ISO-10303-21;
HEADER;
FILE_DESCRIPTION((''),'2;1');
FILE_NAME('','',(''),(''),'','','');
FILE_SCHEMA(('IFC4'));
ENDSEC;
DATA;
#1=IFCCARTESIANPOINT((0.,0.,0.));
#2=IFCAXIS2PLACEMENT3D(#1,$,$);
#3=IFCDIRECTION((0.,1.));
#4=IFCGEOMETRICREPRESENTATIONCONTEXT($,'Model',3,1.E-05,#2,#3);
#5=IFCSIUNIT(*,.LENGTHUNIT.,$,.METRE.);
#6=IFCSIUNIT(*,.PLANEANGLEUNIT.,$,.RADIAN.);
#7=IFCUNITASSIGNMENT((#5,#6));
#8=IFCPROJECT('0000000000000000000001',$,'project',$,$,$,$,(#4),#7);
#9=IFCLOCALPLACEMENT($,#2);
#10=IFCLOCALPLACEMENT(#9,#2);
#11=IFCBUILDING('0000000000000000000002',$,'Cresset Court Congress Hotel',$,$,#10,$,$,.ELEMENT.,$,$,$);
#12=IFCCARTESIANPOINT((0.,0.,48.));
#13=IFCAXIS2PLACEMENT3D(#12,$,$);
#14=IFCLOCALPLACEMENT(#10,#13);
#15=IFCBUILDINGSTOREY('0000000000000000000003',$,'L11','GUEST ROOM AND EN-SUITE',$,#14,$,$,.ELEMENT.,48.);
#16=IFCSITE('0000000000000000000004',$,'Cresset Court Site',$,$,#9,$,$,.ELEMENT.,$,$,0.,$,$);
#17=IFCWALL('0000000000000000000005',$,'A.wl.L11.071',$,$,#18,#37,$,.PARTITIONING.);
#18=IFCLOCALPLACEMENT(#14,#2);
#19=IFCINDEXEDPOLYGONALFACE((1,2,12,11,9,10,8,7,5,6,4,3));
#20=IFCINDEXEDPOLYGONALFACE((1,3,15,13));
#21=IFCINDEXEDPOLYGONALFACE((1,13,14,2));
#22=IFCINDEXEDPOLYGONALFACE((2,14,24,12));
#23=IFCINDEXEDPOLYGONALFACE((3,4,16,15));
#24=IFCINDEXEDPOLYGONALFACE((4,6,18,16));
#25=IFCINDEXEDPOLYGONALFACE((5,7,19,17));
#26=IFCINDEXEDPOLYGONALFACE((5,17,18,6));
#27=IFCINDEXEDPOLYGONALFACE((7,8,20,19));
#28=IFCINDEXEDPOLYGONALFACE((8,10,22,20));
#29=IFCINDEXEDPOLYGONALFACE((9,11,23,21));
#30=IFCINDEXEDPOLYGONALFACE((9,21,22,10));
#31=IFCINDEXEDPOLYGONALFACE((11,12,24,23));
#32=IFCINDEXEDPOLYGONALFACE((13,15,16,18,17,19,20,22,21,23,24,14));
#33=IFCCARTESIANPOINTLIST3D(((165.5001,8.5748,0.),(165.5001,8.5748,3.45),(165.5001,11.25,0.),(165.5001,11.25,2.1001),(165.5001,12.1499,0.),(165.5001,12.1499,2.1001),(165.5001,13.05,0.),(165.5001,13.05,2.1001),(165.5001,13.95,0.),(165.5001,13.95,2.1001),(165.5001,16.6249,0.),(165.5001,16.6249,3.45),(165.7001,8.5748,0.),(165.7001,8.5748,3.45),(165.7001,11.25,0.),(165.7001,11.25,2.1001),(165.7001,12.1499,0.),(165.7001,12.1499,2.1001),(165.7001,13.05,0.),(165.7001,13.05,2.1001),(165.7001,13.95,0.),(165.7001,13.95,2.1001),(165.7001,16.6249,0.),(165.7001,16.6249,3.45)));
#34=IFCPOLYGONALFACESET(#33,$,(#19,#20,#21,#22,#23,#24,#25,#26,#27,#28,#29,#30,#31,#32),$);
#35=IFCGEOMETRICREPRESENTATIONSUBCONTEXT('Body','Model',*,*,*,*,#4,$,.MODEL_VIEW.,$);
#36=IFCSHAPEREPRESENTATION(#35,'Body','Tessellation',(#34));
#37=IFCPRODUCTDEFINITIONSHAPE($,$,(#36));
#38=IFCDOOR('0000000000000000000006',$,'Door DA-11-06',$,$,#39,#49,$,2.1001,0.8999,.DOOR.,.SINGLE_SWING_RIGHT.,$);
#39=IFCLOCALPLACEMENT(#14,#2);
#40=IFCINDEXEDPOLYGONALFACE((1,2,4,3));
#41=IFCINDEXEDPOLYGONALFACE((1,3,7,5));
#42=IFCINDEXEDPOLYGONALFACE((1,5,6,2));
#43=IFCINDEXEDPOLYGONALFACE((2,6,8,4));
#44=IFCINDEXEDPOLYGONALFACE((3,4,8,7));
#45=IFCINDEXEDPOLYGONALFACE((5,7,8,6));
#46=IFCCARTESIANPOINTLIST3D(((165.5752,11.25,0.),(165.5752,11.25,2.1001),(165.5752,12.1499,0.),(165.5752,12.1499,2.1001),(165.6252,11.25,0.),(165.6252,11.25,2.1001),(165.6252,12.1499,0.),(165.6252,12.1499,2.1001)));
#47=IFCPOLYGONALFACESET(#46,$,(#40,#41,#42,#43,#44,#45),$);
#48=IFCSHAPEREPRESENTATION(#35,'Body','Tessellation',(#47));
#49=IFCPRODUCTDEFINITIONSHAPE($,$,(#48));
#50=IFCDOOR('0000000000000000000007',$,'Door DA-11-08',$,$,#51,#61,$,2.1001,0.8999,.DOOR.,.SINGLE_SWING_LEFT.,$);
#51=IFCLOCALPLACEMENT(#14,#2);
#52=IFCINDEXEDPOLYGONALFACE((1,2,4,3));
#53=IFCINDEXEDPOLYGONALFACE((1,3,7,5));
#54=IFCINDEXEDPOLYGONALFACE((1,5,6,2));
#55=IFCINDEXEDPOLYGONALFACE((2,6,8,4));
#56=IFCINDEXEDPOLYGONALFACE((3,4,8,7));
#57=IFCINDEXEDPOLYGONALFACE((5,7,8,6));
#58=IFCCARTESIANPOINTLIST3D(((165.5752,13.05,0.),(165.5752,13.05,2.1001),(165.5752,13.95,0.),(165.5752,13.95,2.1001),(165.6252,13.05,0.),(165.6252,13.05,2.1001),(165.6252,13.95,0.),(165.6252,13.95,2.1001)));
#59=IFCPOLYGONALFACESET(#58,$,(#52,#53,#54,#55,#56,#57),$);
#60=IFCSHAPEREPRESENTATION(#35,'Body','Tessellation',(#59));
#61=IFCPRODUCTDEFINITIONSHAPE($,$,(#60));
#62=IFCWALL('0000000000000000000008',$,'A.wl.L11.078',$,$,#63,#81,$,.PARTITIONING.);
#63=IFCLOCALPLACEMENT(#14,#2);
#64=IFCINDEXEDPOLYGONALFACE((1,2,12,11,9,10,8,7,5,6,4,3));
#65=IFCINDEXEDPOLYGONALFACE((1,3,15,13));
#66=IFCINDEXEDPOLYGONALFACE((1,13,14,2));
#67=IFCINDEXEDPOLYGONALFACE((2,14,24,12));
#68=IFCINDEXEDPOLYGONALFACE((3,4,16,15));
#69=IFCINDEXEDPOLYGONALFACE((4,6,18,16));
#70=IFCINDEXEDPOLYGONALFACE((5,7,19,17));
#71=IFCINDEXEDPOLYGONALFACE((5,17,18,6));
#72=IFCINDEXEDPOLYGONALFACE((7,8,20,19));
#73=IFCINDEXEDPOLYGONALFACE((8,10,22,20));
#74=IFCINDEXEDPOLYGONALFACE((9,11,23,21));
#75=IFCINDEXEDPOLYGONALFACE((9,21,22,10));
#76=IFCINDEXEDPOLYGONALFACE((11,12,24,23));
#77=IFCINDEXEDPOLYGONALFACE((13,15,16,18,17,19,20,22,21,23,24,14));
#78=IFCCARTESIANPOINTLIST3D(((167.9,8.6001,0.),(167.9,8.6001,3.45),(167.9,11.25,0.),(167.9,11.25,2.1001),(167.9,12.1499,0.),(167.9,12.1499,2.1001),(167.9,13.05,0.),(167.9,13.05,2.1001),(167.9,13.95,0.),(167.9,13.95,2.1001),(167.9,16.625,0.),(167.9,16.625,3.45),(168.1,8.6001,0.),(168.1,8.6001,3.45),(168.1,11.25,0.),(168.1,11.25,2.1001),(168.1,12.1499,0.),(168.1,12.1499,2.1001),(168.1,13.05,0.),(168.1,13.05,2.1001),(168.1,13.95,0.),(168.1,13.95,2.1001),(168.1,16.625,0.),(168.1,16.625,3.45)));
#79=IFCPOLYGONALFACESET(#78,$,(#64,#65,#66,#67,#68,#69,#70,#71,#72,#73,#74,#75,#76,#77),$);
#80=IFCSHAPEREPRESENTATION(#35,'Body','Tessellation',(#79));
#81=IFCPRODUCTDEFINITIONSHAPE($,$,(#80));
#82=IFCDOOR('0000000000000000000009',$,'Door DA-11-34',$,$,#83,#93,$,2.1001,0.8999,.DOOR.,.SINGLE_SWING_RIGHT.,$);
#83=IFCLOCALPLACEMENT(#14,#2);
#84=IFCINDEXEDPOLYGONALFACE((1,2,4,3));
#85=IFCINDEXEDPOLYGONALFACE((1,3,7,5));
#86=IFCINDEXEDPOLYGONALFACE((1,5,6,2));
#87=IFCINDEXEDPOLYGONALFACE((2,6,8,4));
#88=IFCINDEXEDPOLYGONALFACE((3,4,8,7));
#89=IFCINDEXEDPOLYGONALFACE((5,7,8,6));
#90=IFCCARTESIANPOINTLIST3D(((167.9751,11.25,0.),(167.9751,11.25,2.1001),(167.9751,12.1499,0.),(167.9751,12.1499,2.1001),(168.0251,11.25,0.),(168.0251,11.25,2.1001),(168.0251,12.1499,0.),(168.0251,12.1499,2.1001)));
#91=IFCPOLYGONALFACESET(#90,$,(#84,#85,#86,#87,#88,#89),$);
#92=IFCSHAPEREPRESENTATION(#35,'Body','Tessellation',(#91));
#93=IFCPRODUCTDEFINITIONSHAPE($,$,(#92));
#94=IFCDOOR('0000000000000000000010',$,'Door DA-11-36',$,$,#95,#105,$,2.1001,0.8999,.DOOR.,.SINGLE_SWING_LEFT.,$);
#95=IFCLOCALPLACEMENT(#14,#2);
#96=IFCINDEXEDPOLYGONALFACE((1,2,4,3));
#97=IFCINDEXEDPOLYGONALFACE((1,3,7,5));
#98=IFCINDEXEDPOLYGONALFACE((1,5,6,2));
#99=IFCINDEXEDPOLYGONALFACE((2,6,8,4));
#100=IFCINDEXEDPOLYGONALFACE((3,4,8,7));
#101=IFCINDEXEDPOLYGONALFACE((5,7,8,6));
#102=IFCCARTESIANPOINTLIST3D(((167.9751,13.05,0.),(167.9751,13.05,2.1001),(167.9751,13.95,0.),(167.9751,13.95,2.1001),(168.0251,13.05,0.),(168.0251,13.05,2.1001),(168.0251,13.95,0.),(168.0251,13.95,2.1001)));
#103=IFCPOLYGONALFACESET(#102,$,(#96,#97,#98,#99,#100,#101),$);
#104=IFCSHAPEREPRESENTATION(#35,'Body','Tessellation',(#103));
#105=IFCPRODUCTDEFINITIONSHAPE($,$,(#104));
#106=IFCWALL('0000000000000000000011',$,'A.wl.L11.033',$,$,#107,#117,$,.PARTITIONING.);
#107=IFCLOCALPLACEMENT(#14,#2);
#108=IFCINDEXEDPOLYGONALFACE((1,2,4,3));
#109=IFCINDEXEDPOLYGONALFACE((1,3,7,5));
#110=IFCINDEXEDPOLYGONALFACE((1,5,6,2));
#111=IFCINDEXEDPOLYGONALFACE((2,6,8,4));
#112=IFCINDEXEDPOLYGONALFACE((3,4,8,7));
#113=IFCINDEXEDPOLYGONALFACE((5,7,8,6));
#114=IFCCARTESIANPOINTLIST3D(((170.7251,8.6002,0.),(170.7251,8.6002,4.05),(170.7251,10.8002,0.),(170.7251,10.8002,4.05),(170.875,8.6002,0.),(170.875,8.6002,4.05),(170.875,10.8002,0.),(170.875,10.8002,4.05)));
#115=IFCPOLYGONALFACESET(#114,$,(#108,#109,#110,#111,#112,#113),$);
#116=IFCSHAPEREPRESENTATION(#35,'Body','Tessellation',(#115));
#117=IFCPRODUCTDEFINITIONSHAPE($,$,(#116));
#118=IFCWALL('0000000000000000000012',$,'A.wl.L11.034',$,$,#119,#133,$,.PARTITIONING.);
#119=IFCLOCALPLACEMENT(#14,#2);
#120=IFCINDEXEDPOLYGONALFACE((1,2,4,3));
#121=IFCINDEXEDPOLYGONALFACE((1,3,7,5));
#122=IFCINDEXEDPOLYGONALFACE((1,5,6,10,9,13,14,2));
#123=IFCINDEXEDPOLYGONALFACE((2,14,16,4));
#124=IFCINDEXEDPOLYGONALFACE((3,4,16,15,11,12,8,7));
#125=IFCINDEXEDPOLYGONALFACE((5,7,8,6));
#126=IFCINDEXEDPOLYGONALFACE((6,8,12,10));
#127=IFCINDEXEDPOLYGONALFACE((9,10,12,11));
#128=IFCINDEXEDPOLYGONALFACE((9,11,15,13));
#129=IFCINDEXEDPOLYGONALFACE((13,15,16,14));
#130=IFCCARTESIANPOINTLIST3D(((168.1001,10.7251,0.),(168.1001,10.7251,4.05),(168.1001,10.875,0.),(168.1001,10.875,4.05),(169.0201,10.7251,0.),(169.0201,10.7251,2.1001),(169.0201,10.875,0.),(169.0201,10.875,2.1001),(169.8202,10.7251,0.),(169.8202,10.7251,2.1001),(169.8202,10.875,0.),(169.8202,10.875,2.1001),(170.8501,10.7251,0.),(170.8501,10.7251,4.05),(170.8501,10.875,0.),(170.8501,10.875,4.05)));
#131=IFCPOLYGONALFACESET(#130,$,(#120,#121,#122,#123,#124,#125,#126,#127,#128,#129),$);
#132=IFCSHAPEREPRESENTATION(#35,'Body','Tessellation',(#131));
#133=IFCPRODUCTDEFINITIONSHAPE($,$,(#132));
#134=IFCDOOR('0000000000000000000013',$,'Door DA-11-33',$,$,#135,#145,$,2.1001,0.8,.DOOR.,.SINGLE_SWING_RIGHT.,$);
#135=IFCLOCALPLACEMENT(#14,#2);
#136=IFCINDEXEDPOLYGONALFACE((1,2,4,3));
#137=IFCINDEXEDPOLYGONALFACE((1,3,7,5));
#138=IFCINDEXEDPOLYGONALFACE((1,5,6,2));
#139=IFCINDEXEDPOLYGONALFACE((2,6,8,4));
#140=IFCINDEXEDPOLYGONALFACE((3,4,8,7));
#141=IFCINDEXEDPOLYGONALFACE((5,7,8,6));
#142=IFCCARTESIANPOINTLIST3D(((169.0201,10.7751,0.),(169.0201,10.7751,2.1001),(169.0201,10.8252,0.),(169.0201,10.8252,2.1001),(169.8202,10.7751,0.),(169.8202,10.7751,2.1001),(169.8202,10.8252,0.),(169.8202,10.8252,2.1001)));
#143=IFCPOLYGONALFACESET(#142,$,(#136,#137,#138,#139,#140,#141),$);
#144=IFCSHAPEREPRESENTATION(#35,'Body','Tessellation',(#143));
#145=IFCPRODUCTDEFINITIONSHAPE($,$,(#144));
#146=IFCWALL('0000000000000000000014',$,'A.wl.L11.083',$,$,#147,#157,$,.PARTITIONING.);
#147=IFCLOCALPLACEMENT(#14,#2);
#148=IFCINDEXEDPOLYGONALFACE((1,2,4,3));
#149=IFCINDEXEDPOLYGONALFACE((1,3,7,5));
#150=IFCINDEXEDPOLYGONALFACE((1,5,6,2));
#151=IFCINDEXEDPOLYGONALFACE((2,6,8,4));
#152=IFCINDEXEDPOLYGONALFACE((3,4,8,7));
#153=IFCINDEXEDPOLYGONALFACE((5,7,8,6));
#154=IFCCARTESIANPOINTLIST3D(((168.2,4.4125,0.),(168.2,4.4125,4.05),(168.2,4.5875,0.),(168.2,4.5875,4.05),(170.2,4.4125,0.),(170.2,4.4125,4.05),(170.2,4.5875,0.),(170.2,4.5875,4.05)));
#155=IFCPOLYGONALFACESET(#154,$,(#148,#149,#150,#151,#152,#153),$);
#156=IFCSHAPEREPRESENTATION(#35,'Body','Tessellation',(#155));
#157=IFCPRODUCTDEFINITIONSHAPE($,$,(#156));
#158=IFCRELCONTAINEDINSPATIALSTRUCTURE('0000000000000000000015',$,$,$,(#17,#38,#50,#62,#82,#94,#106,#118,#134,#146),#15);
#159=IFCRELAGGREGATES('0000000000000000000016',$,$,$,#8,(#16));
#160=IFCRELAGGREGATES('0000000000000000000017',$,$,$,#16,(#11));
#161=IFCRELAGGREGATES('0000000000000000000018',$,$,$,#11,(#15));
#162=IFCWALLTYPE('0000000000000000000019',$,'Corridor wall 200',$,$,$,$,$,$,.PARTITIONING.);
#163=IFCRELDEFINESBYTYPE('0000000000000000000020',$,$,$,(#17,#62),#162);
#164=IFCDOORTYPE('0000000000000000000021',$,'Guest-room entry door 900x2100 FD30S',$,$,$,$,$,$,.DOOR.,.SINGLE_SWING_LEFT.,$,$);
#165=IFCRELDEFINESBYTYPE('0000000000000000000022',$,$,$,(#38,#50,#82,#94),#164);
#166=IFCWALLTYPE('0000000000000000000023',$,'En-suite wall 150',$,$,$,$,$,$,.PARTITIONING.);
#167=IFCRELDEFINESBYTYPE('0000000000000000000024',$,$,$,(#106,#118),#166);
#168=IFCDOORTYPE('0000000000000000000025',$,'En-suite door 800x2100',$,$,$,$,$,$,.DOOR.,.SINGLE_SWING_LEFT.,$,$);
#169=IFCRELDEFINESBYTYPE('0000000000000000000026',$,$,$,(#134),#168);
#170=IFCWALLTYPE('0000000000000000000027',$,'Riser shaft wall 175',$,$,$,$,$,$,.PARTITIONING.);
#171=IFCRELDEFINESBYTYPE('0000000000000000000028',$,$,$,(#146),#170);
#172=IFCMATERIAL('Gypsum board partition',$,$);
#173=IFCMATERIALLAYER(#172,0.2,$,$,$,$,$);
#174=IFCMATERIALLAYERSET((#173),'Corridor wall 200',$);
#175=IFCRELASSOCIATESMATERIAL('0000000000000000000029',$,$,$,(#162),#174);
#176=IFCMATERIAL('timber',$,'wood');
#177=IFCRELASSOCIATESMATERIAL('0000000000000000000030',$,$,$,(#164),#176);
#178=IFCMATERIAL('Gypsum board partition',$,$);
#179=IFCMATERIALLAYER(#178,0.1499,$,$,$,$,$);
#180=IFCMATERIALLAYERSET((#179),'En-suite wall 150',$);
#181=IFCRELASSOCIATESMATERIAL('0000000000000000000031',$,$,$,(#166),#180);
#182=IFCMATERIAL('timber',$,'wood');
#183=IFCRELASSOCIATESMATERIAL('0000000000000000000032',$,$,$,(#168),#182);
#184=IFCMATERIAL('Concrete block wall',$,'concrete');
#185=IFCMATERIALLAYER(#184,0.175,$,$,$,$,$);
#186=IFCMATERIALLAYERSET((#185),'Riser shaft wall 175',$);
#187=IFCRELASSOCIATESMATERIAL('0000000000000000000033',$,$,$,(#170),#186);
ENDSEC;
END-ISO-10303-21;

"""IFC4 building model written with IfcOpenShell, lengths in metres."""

from ifc_helpers import new_model, si_unit, direction, frame, frame_2d, origin, place, context, subcontext, project, spatial, rectangle, extrude, material, layer, layer_set, type_object, element, fill, save


model = new_model("IFC4")

# Units and contexts
model_context = context("Model", 3, precision=1e-05, world=origin(), true_north=direction((0.0, 1.0)))
body_context = subcontext(model_context, "Body", "Model", "MODEL_VIEW")
ifc_project = project(units=[si_unit("LENGTHUNIT", "METRE"), si_unit("PLANEANGLEUNIT", "RADIAN")], contexts=[model_context])

# Site, building, storey
site_placement = place(None, origin())
site = spatial("IfcSite", under=ifc_project, at=site_placement, Name="Cresset Court Site", CompositionType="ELEMENT", RefElevation=0.0)
building_placement = place(site_placement, origin())
building = spatial("IfcBuilding", under=site, at=building_placement, Name="Cresset Court Congress Hotel", CompositionType="ELEMENT")
storey_placement = place(building_placement, frame((0.0, 0.0, 48.0)))
storey = spatial("IfcBuildingStorey", under=building, at=storey_placement, Name="L11", Description="GUEST ROOM AND EN-SUITE", CompositionType="ELEMENT", Elevation=48.0)

# Walls, openings, doors
ifc_material_1 = material(Name="Gypsum board partition")
ifc_layer_1 = layer(ifc_material_1, 0.2)
ifc_layer_set_1 = layer_set([ifc_layer_1], Name="Corridor wall 200")
wall_type_1 = type_object("IfcWallType", Name="Corridor wall 200", PredefinedType="PARTITIONING", material=ifc_layer_set_1)
wall_1_placement = place(storey_placement, frame((165.6001, 8.575, 0.0), z_axis=(0.0, 0.0, 1.0), x_axis=(0.0, 1.0, 0.0)))
wall_1 = element("IfcWall", 1, at=wall_1_placement, inside=storey, type_object=wall_type_1, Name="A.wl.L11.071", PredefinedType="PARTITIONING", context=body_context, shape_type="SweptSolid", body=[
    extrude(rectangle(XDim=8.05, YDim=0.2, at=frame_2d((4.0249, 0.0))), origin(), (0.0, 0.0, 1.0), 3.45),
])
opening_1_placement = place(wall_1_placement, frame((2.675, 0.0, 0.0)))
opening_1 = element("IfcOpeningElement", 2, at=opening_1_placement, cuts=wall_1, PredefinedType="OPENING", context=body_context, shape_type="SweptSolid", body=[
    extrude(rectangle(XDim=0.8999, YDim=2.1001, at=frame_2d((0.45, 1.05))), frame((0.0, 0.1099, 0.0), z_axis=(0.0, -1.0, 0.0), x_axis=(1.0, 0.0, 0.0)), (0.0, 0.0, 1.0), 0.22),
])
opening_2_placement = place(wall_1_placement, frame((4.4751, 0.0, 0.0)))
opening_2 = element("IfcOpeningElement", 3, at=opening_2_placement, cuts=wall_1, PredefinedType="OPENING", context=body_context, shape_type="SweptSolid", body=[
    extrude(rectangle(XDim=0.8999, YDim=2.1001, at=frame_2d((0.45, 1.05))), frame((0.0, 0.1099, 0.0), z_axis=(0.0, -1.0, 0.0), x_axis=(1.0, 0.0, 0.0)), (0.0, 0.0, 1.0), 0.22),
])
ifc_material_2 = material(Name="timber", Category="wood")
door_type_1 = type_object("IfcDoorType", Name="Guest-room entry door 900x2100 FD30S", OperationType="SINGLE_SWING_LEFT", PredefinedType="DOOR", material=ifc_material_2)
door_1_placement = place(opening_1_placement, origin())
door_1 = element("IfcDoor", 4, at=door_1_placement, inside=storey, type_object=door_type_1, Name="Door DA-11-06", OperationType="SINGLE_SWING_RIGHT", OverallHeight=2.1001, OverallWidth=0.8999, PredefinedType="DOOR", context=body_context, shape_type="SweptSolid", body=[
    extrude(rectangle(XDim=0.8999, YDim=2.1001, at=frame_2d((0.45, 1.05))), frame((0.0, 0.0249, 0.0), z_axis=(0.0, -1.0, 0.0), x_axis=(1.0, 0.0, 0.0)), (0.0, 0.0, 1.0), 0.05),
])
fill(opening_1, door_1)
door_2_placement = place(opening_2_placement, origin())
door_2 = element("IfcDoor", 5, at=door_2_placement, inside=storey, type_object=door_type_1, Name="Door DA-11-08", OperationType="SINGLE_SWING_LEFT", OverallHeight=2.1001, OverallWidth=0.8999, PredefinedType="DOOR", context=body_context, shape_type="SweptSolid", body=[
    extrude(rectangle(XDim=0.8999, YDim=2.1001, at=frame_2d((0.45, 1.05))), frame((0.0, 0.0249, 0.0), z_axis=(0.0, -1.0, 0.0), x_axis=(1.0, 0.0, 0.0)), (0.0, 0.0, 1.0), 0.05),
])
fill(opening_2, door_2)
wall_2_placement = place(storey_placement, frame((168.0, 8.6001, 0.0), z_axis=(0.0, 0.0, 1.0), x_axis=(0.0, 1.0, 0.0)))
wall_2 = element("IfcWall", 6, at=wall_2_placement, inside=storey, type_object=wall_type_1, Name="A.wl.L11.078", PredefinedType="PARTITIONING", context=body_context, shape_type="SweptSolid", body=[
    extrude(rectangle(XDim=8.0249, YDim=0.2, at=frame_2d((4.0125, 0.0))), origin(), (0.0, 0.0, 1.0), 3.45),
])
opening_3_placement = place(wall_2_placement, frame((2.6499, 0.0, 0.0)))
opening_3 = element("IfcOpeningElement", 7, at=opening_3_placement, cuts=wall_2, PredefinedType="OPENING", context=body_context, shape_type="SweptSolid", body=[
    extrude(rectangle(XDim=0.8999, YDim=2.1001, at=frame_2d((0.45, 1.05))), frame((0.0, 0.1099, 0.0), z_axis=(0.0, -1.0, 0.0), x_axis=(1.0, 0.0, 0.0)), (0.0, 0.0, 1.0), 0.22),
])
opening_4_placement = place(wall_2_placement, frame((4.45, 0.0, 0.0)))
opening_4 = element("IfcOpeningElement", 8, at=opening_4_placement, cuts=wall_2, PredefinedType="OPENING", context=body_context, shape_type="SweptSolid", body=[
    extrude(rectangle(XDim=0.8999, YDim=2.1001, at=frame_2d((0.45, 1.05))), frame((0.0, 0.1099, 0.0), z_axis=(0.0, -1.0, 0.0), x_axis=(1.0, 0.0, 0.0)), (0.0, 0.0, 1.0), 0.22),
])
door_3_placement = place(opening_3_placement, origin())
door_3 = element("IfcDoor", 9, at=door_3_placement, inside=storey, type_object=door_type_1, Name="Door DA-11-34", OperationType="SINGLE_SWING_RIGHT", OverallHeight=2.1001, OverallWidth=0.8999, PredefinedType="DOOR", context=body_context, shape_type="SweptSolid", body=[
    extrude(rectangle(XDim=0.8999, YDim=2.1001, at=frame_2d((0.45, 1.05))), frame((0.0, 0.0249, 0.0), z_axis=(0.0, -1.0, 0.0), x_axis=(1.0, 0.0, 0.0)), (0.0, 0.0, 1.0), 0.05),
])
fill(opening_3, door_3)
door_4_placement = place(opening_4_placement, origin())
door_4 = element("IfcDoor", 10, at=door_4_placement, inside=storey, type_object=door_type_1, Name="Door DA-11-36", OperationType="SINGLE_SWING_LEFT", OverallHeight=2.1001, OverallWidth=0.8999, PredefinedType="DOOR", context=body_context, shape_type="SweptSolid", body=[
    extrude(rectangle(XDim=0.8999, YDim=2.1001, at=frame_2d((0.45, 1.05))), frame((0.0, 0.0249, 0.0), z_axis=(0.0, -1.0, 0.0), x_axis=(1.0, 0.0, 0.0)), (0.0, 0.0, 1.0), 0.05),
])
fill(opening_4, door_4)

# Wall
ifc_material_3 = material(Name="Gypsum board partition")
ifc_layer_2 = layer(ifc_material_3, 0.1499)
ifc_layer_set_2 = layer_set([ifc_layer_2], Name="En-suite wall 150")
wall_type_2 = type_object("IfcWallType", Name="En-suite wall 150", PredefinedType="PARTITIONING", material=ifc_layer_set_2)
wall_3_placement = place(storey_placement, frame((170.8, 8.6001, 0.0), z_axis=(0.0, 0.0, 1.0), x_axis=(0.0, 1.0, 0.0)))
element("IfcWall", 11, at=wall_3_placement, inside=storey, type_object=wall_type_2, Name="A.wl.L11.033", PredefinedType="PARTITIONING", context=body_context, shape_type="SweptSolid", body=[
    extrude(rectangle(XDim=2.2, YDim=0.1499, at=frame_2d((1.1001, 0.0))), origin(), (0.0, 0.0, 1.0), 4.05),
])

# Wall, opening, door
wall_4_placement = place(storey_placement, frame((170.8501, 10.8, 0.0), z_axis=(0.0, 0.0, 1.0), x_axis=(-1.0, 0.0, 0.0)))
wall_4 = element("IfcWall", 12, at=wall_4_placement, inside=storey, type_object=wall_type_2, Name="A.wl.L11.034", PredefinedType="PARTITIONING", context=body_context, shape_type="SweptSolid", body=[
    extrude(rectangle(XDim=2.75, YDim=0.1499, at=frame_2d((1.375, 0.0))), origin(), (0.0, 0.0, 1.0), 4.05),
])
opening_5_placement = place(wall_4_placement, frame((1.03, 0.0, 0.0)))
opening_5 = element("IfcOpeningElement", 13, at=opening_5_placement, cuts=wall_4, PredefinedType="OPENING", context=body_context, shape_type="SweptSolid", body=[
    extrude(rectangle(XDim=0.8, YDim=2.1001, at=frame_2d((0.3999, 1.05))), frame((0.0, 0.085, 0.0), z_axis=(0.0, -1.0, 0.0), x_axis=(1.0, 0.0, 0.0)), (0.0, 0.0, 1.0), 0.1699),
])
ifc_material_4 = material(Name="timber", Category="wood")
door_type_2 = type_object("IfcDoorType", Name="En-suite door 800x2100", OperationType="SINGLE_SWING_LEFT", PredefinedType="DOOR", material=ifc_material_4)
door_5_placement = place(opening_5_placement, origin())
door_5 = element("IfcDoor", 14, at=door_5_placement, inside=storey, type_object=door_type_2, Name="Door DA-11-33", OperationType="SINGLE_SWING_RIGHT", OverallHeight=2.1001, OverallWidth=0.8, PredefinedType="DOOR", context=body_context, shape_type="SweptSolid", body=[
    extrude(rectangle(XDim=0.8, YDim=2.1001, at=frame_2d((0.3999, 1.05))), frame((0.0, 0.0249, 0.0), z_axis=(0.0, -1.0, 0.0), x_axis=(1.0, 0.0, 0.0)), (0.0, 0.0, 1.0), 0.05),
])
fill(opening_5, door_5)

# Wall
ifc_material_5 = material(Name="Concrete block wall", Category="concrete")
ifc_layer_3 = layer(ifc_material_5, 0.175)
ifc_layer_set_3 = layer_set([ifc_layer_3], Name="Riser shaft wall 175")
wall_type_3 = type_object("IfcWallType", Name="Riser shaft wall 175", PredefinedType="PARTITIONING", material=ifc_layer_set_3)
wall_5_placement = place(storey_placement, frame((168.2, 4.5, 0.0), z_axis=(0.0, 0.0, 1.0), x_axis=(1.0, 0.0, 0.0)))
element("IfcWall", 15, at=wall_5_placement, inside=storey, type_object=wall_type_3, Name="A.wl.L11.083", PredefinedType="PARTITIONING", context=body_context, shape_type="SweptSolid", body=[
    extrude(rectangle(XDim=2.0, YDim=0.175, at=frame_2d((1.0, 0.0))), origin(), (0.0, 0.0, 1.0), 4.05),
])

save(model, "model.ifc")
